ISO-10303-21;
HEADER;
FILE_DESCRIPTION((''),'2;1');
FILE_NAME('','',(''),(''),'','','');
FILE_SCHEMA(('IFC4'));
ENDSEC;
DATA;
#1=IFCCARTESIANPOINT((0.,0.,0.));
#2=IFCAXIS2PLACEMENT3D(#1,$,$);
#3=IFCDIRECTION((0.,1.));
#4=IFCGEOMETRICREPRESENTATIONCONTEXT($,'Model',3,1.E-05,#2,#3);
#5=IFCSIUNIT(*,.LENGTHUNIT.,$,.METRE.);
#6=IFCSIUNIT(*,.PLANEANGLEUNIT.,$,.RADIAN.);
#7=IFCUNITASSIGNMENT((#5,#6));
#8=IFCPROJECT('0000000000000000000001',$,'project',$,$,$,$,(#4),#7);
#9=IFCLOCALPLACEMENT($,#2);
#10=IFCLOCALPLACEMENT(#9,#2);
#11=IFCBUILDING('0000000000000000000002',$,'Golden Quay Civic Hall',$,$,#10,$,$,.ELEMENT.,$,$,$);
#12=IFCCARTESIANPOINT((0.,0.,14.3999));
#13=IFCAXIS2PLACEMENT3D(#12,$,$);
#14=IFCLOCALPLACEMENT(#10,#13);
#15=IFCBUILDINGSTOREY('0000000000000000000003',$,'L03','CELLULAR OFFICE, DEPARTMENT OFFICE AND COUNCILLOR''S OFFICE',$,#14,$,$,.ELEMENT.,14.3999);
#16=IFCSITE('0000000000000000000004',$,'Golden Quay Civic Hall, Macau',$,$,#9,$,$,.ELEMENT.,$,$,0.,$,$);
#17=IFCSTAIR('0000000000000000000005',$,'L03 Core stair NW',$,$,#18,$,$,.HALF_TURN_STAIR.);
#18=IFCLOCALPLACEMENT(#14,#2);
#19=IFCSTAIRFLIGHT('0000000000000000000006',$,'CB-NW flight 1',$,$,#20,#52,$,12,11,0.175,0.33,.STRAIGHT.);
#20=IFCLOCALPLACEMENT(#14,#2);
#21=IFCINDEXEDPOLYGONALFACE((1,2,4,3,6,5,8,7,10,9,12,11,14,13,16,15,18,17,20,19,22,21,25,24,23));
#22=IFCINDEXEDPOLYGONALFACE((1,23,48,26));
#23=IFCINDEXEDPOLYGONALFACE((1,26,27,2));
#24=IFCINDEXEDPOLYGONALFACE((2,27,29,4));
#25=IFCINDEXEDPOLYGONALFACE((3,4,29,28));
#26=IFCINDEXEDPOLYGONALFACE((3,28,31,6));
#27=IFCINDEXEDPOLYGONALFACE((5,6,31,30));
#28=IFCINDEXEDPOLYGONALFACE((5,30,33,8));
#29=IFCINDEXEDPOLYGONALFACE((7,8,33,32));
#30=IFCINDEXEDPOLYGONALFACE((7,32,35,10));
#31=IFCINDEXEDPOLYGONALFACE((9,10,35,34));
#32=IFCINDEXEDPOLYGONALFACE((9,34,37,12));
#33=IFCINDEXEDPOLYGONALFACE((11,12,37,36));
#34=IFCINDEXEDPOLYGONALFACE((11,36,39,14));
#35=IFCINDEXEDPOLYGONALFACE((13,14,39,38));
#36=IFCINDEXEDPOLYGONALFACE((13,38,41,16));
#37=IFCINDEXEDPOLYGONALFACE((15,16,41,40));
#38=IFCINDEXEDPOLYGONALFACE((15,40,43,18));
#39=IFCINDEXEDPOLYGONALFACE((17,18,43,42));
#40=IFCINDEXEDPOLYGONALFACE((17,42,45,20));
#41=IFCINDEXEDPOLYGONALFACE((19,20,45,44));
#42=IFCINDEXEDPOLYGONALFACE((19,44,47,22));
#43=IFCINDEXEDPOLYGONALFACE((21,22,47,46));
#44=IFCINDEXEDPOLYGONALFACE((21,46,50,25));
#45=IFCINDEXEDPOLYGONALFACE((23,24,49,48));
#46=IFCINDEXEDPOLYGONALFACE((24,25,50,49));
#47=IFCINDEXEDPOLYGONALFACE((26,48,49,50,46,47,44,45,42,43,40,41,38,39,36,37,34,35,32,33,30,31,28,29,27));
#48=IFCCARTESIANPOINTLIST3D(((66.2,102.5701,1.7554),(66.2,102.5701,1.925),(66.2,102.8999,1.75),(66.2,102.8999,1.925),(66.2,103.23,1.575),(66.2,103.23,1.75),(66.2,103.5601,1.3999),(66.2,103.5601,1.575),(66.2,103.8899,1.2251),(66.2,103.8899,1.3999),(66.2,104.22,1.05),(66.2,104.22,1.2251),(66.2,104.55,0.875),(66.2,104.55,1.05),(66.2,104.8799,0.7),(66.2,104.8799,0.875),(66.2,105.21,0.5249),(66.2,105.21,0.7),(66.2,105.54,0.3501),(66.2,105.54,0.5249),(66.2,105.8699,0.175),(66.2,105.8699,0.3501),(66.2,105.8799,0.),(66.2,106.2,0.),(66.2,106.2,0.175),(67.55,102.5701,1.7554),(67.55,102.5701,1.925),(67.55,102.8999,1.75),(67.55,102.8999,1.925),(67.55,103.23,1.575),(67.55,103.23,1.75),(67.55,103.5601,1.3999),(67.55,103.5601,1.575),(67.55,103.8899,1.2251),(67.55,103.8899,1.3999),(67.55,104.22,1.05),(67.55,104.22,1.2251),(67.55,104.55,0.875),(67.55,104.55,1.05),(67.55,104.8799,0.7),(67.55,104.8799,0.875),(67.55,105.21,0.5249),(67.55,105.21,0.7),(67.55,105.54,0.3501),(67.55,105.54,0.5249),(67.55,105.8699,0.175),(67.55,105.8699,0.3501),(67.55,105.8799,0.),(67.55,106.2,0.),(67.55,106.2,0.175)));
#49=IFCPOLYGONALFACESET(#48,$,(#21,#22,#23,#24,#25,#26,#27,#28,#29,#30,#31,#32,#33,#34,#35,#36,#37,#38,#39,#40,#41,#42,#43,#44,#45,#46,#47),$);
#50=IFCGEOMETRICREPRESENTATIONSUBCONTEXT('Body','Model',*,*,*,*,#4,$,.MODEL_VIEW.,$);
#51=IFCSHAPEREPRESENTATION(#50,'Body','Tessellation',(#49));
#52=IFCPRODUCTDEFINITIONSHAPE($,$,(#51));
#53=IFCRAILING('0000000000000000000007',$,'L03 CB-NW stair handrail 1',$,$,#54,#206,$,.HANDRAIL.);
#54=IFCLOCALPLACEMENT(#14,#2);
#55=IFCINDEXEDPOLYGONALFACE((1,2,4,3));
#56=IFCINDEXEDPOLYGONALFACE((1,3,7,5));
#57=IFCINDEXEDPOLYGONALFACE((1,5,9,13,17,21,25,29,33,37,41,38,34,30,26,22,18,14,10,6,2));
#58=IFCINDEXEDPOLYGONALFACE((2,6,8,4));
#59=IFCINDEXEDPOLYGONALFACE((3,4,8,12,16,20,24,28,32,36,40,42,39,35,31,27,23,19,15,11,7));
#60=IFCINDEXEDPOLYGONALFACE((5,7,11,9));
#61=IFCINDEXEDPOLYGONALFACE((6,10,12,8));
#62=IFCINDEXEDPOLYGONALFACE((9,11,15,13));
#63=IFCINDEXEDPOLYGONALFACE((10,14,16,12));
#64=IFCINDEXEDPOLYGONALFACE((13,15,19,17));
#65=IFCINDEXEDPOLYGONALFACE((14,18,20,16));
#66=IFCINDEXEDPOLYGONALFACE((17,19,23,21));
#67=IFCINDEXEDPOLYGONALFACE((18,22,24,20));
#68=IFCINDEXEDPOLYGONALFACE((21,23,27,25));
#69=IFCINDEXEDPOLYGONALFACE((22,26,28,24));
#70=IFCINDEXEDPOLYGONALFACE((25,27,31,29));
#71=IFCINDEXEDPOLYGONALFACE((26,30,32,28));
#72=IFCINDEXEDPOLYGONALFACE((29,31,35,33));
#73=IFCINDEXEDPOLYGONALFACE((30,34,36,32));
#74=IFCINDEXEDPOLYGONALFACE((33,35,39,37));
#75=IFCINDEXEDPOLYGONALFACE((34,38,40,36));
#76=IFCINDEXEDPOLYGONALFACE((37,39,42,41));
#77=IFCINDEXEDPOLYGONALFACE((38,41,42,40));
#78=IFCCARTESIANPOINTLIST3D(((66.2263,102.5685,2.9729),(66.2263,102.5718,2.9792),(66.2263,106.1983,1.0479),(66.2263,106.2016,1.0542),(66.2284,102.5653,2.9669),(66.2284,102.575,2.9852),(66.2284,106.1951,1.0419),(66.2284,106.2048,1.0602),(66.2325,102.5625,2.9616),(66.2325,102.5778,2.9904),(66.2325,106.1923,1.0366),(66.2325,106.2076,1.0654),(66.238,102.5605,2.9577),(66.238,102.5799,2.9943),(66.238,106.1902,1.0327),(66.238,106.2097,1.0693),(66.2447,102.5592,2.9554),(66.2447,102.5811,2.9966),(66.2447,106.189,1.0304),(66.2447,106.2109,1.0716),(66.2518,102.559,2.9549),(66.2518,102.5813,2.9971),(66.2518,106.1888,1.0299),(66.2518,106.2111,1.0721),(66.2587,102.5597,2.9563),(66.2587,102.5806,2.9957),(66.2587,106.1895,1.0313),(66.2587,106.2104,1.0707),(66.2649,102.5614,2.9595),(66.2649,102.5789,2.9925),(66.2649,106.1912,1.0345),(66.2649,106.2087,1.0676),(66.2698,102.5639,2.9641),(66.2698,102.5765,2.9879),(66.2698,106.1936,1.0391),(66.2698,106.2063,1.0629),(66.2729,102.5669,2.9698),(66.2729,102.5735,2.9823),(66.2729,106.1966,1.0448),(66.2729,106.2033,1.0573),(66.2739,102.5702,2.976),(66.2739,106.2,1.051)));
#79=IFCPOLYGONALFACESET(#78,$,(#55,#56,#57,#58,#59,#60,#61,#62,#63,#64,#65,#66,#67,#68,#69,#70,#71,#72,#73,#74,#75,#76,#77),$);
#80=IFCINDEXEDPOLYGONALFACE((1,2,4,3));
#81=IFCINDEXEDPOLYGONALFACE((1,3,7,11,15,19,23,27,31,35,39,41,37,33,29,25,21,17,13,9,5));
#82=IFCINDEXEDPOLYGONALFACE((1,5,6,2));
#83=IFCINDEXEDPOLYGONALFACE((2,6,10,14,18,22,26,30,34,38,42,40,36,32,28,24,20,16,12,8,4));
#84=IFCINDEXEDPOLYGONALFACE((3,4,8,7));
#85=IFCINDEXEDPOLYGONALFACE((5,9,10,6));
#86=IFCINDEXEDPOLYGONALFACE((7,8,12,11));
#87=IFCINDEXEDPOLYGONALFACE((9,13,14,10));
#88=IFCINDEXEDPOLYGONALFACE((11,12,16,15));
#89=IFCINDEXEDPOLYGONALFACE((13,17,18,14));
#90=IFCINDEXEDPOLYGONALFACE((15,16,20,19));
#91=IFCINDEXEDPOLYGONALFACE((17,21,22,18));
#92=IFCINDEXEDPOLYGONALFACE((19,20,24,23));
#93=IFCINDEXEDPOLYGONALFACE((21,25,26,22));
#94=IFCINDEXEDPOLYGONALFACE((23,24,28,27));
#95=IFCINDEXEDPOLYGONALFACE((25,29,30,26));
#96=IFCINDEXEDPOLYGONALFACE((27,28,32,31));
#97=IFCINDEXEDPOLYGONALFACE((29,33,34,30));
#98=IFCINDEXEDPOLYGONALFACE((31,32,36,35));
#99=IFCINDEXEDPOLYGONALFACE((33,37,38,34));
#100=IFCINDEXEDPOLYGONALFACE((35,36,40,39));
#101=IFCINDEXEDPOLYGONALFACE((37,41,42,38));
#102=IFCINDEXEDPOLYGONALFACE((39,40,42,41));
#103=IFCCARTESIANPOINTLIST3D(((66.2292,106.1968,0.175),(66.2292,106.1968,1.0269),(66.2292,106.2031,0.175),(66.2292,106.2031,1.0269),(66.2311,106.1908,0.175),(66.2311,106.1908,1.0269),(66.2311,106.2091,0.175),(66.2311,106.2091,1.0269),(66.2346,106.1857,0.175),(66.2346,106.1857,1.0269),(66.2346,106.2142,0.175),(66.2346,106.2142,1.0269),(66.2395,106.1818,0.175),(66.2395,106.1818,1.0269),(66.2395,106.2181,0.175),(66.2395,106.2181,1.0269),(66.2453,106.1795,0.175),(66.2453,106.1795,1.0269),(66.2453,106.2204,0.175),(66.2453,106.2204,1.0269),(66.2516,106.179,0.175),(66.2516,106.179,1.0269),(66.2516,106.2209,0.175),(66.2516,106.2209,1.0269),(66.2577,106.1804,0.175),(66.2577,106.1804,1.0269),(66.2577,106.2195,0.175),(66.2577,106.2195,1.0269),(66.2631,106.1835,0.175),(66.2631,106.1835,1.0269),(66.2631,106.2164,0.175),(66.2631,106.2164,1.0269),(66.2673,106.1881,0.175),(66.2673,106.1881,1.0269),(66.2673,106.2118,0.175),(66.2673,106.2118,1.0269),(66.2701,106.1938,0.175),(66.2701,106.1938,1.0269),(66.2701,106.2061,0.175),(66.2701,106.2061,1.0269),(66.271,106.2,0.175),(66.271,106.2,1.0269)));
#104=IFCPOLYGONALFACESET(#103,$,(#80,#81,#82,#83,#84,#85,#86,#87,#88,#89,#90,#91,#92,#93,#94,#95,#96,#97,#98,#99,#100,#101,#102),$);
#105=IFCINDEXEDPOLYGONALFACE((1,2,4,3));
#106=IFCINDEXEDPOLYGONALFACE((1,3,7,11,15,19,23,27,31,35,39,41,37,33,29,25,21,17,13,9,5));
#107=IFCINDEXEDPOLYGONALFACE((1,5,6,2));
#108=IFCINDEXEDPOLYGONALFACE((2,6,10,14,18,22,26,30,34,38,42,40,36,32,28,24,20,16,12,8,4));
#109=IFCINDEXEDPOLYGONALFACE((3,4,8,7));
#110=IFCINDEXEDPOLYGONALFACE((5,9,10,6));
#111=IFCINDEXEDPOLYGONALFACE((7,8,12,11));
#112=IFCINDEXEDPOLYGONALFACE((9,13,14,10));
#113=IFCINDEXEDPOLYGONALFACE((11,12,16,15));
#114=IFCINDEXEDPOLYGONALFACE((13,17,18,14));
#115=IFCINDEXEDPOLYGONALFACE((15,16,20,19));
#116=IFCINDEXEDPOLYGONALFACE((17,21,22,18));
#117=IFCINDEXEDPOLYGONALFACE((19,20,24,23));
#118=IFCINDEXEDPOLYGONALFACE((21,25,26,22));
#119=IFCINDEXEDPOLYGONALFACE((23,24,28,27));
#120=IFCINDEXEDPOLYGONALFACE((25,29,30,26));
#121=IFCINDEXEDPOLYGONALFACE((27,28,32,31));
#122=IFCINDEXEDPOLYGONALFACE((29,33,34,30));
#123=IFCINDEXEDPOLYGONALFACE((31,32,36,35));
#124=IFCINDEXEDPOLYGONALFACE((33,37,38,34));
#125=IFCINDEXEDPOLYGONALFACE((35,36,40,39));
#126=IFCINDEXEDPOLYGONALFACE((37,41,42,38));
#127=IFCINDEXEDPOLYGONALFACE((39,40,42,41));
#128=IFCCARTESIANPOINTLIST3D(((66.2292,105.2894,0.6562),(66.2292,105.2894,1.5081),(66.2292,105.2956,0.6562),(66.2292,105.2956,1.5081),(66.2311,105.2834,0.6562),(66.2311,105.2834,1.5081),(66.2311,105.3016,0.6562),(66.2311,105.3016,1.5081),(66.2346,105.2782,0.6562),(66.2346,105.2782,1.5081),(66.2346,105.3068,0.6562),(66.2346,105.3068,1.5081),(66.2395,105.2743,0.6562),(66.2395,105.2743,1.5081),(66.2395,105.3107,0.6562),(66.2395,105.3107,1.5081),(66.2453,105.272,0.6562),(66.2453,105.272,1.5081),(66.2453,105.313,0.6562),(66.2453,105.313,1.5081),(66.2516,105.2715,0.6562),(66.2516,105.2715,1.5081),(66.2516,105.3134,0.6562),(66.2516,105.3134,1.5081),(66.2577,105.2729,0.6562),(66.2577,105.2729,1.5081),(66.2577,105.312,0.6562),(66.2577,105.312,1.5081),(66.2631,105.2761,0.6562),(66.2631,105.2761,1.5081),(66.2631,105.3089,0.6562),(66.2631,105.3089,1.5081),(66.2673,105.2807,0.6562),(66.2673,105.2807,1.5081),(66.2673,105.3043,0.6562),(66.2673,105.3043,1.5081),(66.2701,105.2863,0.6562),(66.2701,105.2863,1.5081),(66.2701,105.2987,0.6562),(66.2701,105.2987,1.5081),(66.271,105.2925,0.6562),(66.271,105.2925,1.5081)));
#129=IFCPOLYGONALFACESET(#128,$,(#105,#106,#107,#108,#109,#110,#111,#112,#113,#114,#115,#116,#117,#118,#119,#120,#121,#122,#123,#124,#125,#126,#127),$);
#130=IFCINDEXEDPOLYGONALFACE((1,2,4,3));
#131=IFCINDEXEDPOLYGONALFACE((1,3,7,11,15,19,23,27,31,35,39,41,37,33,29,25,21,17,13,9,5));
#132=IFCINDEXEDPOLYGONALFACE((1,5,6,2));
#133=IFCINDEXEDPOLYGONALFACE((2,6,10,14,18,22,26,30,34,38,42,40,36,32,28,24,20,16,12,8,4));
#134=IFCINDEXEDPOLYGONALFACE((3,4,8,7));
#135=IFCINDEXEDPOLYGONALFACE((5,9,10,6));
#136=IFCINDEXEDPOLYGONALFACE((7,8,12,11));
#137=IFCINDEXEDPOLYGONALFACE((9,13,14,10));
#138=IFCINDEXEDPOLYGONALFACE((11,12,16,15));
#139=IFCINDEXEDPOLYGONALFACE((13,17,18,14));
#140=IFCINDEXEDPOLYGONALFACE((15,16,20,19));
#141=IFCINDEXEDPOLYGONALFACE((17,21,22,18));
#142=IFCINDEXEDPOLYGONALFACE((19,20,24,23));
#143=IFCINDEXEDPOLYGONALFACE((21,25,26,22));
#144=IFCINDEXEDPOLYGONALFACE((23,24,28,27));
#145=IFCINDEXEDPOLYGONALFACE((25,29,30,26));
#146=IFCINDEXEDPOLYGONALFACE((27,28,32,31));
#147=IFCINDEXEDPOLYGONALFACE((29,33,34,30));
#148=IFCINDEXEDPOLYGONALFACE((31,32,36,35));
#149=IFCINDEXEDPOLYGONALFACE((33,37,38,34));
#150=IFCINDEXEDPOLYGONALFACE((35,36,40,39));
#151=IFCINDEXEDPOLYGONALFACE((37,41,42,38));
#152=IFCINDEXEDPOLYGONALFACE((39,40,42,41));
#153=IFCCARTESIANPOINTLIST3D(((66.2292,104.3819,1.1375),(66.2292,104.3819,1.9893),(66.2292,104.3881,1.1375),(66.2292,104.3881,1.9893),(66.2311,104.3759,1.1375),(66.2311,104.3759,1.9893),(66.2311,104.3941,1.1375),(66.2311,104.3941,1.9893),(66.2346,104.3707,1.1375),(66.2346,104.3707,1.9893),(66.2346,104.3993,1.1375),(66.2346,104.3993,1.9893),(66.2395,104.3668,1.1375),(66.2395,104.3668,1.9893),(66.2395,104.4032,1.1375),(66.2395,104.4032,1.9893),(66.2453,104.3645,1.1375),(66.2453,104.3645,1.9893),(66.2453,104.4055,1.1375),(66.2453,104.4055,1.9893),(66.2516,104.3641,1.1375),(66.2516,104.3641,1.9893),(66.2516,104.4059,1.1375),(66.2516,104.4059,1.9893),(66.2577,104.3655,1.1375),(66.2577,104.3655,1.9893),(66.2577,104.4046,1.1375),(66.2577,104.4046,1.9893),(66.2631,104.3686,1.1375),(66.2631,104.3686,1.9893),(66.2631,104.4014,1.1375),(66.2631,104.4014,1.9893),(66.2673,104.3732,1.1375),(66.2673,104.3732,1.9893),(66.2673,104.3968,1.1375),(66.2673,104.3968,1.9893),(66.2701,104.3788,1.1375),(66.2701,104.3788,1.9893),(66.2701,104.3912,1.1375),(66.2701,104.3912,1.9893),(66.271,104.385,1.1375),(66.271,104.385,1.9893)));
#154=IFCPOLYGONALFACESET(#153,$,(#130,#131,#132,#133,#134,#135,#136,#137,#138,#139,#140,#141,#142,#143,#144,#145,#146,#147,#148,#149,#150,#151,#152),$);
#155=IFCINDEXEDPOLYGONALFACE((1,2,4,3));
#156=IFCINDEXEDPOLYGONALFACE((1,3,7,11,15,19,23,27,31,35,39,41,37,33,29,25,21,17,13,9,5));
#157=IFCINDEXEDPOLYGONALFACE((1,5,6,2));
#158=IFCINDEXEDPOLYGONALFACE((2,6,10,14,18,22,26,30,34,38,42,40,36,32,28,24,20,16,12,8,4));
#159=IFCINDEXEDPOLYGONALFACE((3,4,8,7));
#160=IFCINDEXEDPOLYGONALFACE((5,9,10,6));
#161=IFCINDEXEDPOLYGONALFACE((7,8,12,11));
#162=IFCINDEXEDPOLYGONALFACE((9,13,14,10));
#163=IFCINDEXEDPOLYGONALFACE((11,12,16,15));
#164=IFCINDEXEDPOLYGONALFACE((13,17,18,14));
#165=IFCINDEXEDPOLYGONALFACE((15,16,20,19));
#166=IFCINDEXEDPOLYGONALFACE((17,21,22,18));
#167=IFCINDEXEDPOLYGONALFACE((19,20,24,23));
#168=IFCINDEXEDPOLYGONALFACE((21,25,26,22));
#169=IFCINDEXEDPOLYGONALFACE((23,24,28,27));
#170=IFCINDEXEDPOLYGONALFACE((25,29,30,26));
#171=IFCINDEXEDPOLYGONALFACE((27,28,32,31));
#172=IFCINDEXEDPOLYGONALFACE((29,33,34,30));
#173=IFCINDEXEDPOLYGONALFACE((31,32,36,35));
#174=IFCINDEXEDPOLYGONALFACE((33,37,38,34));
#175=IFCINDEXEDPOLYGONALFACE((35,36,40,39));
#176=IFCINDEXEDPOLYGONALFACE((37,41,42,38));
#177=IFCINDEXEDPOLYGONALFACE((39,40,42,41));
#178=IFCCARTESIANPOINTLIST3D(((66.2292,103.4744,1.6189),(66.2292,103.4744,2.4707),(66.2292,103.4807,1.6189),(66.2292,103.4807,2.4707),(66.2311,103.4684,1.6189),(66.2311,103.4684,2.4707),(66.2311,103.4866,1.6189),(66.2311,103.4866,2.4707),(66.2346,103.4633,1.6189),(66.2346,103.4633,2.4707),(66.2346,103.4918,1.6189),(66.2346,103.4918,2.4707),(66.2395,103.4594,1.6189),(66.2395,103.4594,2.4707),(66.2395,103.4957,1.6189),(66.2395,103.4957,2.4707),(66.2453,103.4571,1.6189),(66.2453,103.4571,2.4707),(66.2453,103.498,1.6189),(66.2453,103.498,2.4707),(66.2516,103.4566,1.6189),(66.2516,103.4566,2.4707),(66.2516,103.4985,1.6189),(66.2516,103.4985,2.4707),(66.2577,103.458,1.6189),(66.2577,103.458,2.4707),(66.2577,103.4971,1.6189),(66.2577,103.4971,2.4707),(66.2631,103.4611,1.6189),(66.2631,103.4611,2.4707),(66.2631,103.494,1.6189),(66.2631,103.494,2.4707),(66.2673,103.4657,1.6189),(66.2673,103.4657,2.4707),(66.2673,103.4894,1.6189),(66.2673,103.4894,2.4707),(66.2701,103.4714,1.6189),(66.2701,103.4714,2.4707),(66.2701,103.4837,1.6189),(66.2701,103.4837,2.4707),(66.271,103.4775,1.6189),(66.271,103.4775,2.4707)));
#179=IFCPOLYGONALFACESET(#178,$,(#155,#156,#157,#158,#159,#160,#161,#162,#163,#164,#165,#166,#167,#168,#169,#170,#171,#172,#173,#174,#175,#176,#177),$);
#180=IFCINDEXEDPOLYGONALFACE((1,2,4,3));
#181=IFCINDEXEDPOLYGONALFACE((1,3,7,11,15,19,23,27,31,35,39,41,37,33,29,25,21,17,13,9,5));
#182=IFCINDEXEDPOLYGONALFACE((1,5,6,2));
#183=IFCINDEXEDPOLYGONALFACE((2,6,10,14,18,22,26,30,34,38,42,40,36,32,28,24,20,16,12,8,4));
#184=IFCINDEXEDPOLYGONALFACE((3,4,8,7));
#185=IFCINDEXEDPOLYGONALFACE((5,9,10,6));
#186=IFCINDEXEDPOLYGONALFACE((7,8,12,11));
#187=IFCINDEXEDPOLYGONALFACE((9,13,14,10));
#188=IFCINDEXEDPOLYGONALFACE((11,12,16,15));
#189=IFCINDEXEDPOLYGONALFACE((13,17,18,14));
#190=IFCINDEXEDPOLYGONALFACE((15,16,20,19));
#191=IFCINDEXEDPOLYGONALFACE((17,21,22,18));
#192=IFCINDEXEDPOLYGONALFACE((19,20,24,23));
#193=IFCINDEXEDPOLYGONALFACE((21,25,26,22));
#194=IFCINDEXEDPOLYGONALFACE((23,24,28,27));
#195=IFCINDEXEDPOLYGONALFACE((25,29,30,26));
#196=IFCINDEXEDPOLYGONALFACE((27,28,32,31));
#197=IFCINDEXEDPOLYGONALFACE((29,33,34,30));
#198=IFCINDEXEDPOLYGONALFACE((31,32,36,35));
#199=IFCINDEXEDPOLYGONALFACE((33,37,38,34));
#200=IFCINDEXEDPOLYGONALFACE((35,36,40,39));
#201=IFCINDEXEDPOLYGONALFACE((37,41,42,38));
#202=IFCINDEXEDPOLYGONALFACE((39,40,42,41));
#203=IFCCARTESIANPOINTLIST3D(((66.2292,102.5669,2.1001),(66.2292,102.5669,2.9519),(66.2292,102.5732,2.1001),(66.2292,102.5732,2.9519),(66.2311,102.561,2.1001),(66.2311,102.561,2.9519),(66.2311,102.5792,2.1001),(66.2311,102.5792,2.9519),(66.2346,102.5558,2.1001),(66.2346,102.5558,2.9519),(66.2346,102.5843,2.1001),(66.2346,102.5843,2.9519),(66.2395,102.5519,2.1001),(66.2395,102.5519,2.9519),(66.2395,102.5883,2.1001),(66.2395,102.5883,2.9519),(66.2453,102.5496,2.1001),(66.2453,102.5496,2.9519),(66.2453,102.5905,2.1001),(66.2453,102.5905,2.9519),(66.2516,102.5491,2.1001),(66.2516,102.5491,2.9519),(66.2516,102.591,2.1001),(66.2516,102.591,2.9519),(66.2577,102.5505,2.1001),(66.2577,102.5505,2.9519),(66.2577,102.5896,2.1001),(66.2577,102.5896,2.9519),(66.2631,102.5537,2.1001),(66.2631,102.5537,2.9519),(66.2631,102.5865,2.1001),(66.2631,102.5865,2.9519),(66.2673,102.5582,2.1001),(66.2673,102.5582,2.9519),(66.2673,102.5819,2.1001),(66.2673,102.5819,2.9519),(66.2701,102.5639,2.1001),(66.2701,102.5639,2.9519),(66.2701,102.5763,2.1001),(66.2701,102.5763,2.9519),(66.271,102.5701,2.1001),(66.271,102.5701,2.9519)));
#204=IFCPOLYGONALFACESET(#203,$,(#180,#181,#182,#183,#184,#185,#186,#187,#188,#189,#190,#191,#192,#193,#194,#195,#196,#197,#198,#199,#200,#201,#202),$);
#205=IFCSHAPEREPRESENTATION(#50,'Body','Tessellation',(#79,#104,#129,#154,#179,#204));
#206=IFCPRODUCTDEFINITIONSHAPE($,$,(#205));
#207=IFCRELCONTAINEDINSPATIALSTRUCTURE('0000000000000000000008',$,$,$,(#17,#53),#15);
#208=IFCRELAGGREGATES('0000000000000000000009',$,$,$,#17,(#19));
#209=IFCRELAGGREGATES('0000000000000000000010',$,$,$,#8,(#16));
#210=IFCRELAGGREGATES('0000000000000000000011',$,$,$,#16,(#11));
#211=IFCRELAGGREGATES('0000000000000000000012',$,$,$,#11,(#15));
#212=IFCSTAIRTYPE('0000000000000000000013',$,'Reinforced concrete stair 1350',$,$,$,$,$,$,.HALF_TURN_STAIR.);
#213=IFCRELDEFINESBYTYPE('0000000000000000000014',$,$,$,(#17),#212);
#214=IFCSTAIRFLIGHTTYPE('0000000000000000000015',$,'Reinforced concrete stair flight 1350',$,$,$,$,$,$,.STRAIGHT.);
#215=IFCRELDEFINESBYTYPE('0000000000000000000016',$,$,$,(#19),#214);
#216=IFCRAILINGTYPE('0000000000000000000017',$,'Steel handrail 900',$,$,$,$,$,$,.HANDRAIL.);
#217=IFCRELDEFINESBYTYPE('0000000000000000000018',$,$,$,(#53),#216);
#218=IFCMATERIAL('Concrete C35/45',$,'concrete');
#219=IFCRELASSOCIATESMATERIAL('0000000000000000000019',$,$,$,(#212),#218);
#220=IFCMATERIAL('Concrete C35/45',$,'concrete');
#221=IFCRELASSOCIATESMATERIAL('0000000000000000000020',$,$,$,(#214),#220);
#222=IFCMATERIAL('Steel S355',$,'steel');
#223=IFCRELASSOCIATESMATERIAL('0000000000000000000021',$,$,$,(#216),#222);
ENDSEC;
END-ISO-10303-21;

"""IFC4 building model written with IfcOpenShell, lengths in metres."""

from ifc_helpers import new_model, si_unit, direction, frame, origin, origin_2d, place, context, subcontext, project, spatial, polyline, circle, outline, extrude, material, type_object, element, aggregate, save


model = new_model("IFC4")

# Units and contexts
model_context = context("Model", 3, precision=1e-05, world=origin(), true_north=direction((0.0, 1.0)))
body_context = subcontext(model_context, "Body", "Model", "MODEL_VIEW")
ifc_project = project(units=[si_unit("LENGTHUNIT", "METRE"), si_unit("PLANEANGLEUNIT", "RADIAN")], contexts=[model_context])

# Site, building, storey
site_placement = place(None, origin())
site = spatial("IfcSite", under=ifc_project, at=site_placement, Name="Golden Quay Civic Hall, Macau", CompositionType="ELEMENT", RefElevation=0.0)
building_placement = place(site_placement, origin())
building = spatial("IfcBuilding", under=site, at=building_placement, Name="Golden Quay Civic Hall", CompositionType="ELEMENT")
storey_placement = place(building_placement, frame((0.0, 0.0, 14.3999)))
storey = spatial("IfcBuildingStorey", under=building, at=storey_placement, Name="L03", Description="CELLULAR OFFICE, DEPARTMENT OFFICE AND COUNCILLOR'S OFFICE", CompositionType="ELEMENT", Elevation=14.3999)

# Stair, stair flight
ifc_material_1 = material(Name="Concrete C35/45", Category="concrete")
stair_type = type_object("IfcStairType", Name="Reinforced concrete stair 1350", PredefinedType="HALF_TURN_STAIR", material=ifc_material_1)
stair_placement = place(storey_placement, origin())
stair = element("IfcStair", 1, at=stair_placement, inside=storey, type_object=stair_type, Name="L03 Core stair NW", PredefinedType="HALF_TURN_STAIR")
ifc_material_2 = material(Name="Concrete C35/45", Category="concrete")
stair_flight_type = type_object("IfcStairFlightType", Name="Reinforced concrete stair flight 1350", PredefinedType="STRAIGHT", material=ifc_material_2)
stair_flight_placement = place(storey_placement, frame((66.875, 106.2, 0.0), z_axis=(0.0, 0.0, 1.0), x_axis=(0.0, -1.0, 0.0)))
stair_flight = element("IfcStairFlight", 2, at=stair_flight_placement, type_object=stair_flight_type, Name="CB-NW flight 1", NumberOfRisers=12, NumberOfTreads=11, PredefinedType="STRAIGHT", RiserHeight=0.175, TreadLength=0.33, context=body_context, shape_type="SweptSolid", body=[
    extrude(outline(polyline([(0.0, 0.0), (0.0, 0.175), (0.3301, 0.175), (0.3301, 0.3501), (0.6599, 0.3501), (0.6599, 0.5249), (0.99, 0.5249), (0.99, 0.7), (1.3201, 0.7), (1.3201, 0.875), (1.6499, 0.875), (1.6499, 1.05), (1.98, 1.05), (1.98, 1.2251), (2.3101, 1.2251), (2.3101, 1.3999), (2.6399, 1.3999), (2.6399, 1.575), (2.97, 1.575), (2.97, 1.75), (3.3, 1.75), (3.3, 1.925), (3.6299, 1.925), (3.6299, 2.1001), (3.6299, 1.7554), (0.3201, 0.0), (0.0, 0.0)])), frame((0.0, 0.675, 0.0), z_axis=(0.0, -1.0, 0.0), x_axis=(1.0, 0.0, 0.0)), (0.0, 0.0, 1.0), 1.35),
])
aggregate(stair, [stair_flight])

# Railing
ifc_material_3 = material(Name="Steel S355", Category="steel")
railing_type = type_object("IfcRailingType", Name="Steel handrail 900", PredefinedType="HANDRAIL", material=ifc_material_3)
railing_placement = place(storey_placement, frame((66.25, 106.2, 0.175)))
element("IfcRailing", 3, at=railing_placement, inside=storey, type_object=railing_type, Name="L03 CB-NW stair handrail 1", PredefinedType="HANDRAIL", context=body_context, shape_type="SweptSolid", body=[
    extrude(circle(Radius=0.0239, at=origin_2d()), frame((0.0, 0.0, 0.876), z_axis=(0.0, -0.883451, 0.468524), x_axis=(1.0, 0.0, 0.0)), (0.0, 0.0, 1.0), 4.1086),
    extrude(circle(Radius=0.021, at=origin_2d()), origin(), (0.0, 0.0, 1.0), 0.8518),
    extrude(circle(Radius=0.021, at=origin_2d()), frame((0.0, -0.9075, 0.4812)), (0.0, 0.0, 1.0), 0.8518),
    extrude(circle(Radius=0.021, at=origin_2d()), frame((0.0, -1.8149, 0.9624)), (0.0, 0.0, 1.0), 0.8518),
    extrude(circle(Radius=0.021, at=origin_2d()), frame((0.0, -2.7224, 1.4438)), (0.0, 0.0, 1.0), 0.8518),
    extrude(circle(Radius=0.021, at=origin_2d()), frame((0.0, -3.6299, 1.925)), (0.0, 0.0, 1.0), 0.8518),
])

save(model, "model.ifc")
